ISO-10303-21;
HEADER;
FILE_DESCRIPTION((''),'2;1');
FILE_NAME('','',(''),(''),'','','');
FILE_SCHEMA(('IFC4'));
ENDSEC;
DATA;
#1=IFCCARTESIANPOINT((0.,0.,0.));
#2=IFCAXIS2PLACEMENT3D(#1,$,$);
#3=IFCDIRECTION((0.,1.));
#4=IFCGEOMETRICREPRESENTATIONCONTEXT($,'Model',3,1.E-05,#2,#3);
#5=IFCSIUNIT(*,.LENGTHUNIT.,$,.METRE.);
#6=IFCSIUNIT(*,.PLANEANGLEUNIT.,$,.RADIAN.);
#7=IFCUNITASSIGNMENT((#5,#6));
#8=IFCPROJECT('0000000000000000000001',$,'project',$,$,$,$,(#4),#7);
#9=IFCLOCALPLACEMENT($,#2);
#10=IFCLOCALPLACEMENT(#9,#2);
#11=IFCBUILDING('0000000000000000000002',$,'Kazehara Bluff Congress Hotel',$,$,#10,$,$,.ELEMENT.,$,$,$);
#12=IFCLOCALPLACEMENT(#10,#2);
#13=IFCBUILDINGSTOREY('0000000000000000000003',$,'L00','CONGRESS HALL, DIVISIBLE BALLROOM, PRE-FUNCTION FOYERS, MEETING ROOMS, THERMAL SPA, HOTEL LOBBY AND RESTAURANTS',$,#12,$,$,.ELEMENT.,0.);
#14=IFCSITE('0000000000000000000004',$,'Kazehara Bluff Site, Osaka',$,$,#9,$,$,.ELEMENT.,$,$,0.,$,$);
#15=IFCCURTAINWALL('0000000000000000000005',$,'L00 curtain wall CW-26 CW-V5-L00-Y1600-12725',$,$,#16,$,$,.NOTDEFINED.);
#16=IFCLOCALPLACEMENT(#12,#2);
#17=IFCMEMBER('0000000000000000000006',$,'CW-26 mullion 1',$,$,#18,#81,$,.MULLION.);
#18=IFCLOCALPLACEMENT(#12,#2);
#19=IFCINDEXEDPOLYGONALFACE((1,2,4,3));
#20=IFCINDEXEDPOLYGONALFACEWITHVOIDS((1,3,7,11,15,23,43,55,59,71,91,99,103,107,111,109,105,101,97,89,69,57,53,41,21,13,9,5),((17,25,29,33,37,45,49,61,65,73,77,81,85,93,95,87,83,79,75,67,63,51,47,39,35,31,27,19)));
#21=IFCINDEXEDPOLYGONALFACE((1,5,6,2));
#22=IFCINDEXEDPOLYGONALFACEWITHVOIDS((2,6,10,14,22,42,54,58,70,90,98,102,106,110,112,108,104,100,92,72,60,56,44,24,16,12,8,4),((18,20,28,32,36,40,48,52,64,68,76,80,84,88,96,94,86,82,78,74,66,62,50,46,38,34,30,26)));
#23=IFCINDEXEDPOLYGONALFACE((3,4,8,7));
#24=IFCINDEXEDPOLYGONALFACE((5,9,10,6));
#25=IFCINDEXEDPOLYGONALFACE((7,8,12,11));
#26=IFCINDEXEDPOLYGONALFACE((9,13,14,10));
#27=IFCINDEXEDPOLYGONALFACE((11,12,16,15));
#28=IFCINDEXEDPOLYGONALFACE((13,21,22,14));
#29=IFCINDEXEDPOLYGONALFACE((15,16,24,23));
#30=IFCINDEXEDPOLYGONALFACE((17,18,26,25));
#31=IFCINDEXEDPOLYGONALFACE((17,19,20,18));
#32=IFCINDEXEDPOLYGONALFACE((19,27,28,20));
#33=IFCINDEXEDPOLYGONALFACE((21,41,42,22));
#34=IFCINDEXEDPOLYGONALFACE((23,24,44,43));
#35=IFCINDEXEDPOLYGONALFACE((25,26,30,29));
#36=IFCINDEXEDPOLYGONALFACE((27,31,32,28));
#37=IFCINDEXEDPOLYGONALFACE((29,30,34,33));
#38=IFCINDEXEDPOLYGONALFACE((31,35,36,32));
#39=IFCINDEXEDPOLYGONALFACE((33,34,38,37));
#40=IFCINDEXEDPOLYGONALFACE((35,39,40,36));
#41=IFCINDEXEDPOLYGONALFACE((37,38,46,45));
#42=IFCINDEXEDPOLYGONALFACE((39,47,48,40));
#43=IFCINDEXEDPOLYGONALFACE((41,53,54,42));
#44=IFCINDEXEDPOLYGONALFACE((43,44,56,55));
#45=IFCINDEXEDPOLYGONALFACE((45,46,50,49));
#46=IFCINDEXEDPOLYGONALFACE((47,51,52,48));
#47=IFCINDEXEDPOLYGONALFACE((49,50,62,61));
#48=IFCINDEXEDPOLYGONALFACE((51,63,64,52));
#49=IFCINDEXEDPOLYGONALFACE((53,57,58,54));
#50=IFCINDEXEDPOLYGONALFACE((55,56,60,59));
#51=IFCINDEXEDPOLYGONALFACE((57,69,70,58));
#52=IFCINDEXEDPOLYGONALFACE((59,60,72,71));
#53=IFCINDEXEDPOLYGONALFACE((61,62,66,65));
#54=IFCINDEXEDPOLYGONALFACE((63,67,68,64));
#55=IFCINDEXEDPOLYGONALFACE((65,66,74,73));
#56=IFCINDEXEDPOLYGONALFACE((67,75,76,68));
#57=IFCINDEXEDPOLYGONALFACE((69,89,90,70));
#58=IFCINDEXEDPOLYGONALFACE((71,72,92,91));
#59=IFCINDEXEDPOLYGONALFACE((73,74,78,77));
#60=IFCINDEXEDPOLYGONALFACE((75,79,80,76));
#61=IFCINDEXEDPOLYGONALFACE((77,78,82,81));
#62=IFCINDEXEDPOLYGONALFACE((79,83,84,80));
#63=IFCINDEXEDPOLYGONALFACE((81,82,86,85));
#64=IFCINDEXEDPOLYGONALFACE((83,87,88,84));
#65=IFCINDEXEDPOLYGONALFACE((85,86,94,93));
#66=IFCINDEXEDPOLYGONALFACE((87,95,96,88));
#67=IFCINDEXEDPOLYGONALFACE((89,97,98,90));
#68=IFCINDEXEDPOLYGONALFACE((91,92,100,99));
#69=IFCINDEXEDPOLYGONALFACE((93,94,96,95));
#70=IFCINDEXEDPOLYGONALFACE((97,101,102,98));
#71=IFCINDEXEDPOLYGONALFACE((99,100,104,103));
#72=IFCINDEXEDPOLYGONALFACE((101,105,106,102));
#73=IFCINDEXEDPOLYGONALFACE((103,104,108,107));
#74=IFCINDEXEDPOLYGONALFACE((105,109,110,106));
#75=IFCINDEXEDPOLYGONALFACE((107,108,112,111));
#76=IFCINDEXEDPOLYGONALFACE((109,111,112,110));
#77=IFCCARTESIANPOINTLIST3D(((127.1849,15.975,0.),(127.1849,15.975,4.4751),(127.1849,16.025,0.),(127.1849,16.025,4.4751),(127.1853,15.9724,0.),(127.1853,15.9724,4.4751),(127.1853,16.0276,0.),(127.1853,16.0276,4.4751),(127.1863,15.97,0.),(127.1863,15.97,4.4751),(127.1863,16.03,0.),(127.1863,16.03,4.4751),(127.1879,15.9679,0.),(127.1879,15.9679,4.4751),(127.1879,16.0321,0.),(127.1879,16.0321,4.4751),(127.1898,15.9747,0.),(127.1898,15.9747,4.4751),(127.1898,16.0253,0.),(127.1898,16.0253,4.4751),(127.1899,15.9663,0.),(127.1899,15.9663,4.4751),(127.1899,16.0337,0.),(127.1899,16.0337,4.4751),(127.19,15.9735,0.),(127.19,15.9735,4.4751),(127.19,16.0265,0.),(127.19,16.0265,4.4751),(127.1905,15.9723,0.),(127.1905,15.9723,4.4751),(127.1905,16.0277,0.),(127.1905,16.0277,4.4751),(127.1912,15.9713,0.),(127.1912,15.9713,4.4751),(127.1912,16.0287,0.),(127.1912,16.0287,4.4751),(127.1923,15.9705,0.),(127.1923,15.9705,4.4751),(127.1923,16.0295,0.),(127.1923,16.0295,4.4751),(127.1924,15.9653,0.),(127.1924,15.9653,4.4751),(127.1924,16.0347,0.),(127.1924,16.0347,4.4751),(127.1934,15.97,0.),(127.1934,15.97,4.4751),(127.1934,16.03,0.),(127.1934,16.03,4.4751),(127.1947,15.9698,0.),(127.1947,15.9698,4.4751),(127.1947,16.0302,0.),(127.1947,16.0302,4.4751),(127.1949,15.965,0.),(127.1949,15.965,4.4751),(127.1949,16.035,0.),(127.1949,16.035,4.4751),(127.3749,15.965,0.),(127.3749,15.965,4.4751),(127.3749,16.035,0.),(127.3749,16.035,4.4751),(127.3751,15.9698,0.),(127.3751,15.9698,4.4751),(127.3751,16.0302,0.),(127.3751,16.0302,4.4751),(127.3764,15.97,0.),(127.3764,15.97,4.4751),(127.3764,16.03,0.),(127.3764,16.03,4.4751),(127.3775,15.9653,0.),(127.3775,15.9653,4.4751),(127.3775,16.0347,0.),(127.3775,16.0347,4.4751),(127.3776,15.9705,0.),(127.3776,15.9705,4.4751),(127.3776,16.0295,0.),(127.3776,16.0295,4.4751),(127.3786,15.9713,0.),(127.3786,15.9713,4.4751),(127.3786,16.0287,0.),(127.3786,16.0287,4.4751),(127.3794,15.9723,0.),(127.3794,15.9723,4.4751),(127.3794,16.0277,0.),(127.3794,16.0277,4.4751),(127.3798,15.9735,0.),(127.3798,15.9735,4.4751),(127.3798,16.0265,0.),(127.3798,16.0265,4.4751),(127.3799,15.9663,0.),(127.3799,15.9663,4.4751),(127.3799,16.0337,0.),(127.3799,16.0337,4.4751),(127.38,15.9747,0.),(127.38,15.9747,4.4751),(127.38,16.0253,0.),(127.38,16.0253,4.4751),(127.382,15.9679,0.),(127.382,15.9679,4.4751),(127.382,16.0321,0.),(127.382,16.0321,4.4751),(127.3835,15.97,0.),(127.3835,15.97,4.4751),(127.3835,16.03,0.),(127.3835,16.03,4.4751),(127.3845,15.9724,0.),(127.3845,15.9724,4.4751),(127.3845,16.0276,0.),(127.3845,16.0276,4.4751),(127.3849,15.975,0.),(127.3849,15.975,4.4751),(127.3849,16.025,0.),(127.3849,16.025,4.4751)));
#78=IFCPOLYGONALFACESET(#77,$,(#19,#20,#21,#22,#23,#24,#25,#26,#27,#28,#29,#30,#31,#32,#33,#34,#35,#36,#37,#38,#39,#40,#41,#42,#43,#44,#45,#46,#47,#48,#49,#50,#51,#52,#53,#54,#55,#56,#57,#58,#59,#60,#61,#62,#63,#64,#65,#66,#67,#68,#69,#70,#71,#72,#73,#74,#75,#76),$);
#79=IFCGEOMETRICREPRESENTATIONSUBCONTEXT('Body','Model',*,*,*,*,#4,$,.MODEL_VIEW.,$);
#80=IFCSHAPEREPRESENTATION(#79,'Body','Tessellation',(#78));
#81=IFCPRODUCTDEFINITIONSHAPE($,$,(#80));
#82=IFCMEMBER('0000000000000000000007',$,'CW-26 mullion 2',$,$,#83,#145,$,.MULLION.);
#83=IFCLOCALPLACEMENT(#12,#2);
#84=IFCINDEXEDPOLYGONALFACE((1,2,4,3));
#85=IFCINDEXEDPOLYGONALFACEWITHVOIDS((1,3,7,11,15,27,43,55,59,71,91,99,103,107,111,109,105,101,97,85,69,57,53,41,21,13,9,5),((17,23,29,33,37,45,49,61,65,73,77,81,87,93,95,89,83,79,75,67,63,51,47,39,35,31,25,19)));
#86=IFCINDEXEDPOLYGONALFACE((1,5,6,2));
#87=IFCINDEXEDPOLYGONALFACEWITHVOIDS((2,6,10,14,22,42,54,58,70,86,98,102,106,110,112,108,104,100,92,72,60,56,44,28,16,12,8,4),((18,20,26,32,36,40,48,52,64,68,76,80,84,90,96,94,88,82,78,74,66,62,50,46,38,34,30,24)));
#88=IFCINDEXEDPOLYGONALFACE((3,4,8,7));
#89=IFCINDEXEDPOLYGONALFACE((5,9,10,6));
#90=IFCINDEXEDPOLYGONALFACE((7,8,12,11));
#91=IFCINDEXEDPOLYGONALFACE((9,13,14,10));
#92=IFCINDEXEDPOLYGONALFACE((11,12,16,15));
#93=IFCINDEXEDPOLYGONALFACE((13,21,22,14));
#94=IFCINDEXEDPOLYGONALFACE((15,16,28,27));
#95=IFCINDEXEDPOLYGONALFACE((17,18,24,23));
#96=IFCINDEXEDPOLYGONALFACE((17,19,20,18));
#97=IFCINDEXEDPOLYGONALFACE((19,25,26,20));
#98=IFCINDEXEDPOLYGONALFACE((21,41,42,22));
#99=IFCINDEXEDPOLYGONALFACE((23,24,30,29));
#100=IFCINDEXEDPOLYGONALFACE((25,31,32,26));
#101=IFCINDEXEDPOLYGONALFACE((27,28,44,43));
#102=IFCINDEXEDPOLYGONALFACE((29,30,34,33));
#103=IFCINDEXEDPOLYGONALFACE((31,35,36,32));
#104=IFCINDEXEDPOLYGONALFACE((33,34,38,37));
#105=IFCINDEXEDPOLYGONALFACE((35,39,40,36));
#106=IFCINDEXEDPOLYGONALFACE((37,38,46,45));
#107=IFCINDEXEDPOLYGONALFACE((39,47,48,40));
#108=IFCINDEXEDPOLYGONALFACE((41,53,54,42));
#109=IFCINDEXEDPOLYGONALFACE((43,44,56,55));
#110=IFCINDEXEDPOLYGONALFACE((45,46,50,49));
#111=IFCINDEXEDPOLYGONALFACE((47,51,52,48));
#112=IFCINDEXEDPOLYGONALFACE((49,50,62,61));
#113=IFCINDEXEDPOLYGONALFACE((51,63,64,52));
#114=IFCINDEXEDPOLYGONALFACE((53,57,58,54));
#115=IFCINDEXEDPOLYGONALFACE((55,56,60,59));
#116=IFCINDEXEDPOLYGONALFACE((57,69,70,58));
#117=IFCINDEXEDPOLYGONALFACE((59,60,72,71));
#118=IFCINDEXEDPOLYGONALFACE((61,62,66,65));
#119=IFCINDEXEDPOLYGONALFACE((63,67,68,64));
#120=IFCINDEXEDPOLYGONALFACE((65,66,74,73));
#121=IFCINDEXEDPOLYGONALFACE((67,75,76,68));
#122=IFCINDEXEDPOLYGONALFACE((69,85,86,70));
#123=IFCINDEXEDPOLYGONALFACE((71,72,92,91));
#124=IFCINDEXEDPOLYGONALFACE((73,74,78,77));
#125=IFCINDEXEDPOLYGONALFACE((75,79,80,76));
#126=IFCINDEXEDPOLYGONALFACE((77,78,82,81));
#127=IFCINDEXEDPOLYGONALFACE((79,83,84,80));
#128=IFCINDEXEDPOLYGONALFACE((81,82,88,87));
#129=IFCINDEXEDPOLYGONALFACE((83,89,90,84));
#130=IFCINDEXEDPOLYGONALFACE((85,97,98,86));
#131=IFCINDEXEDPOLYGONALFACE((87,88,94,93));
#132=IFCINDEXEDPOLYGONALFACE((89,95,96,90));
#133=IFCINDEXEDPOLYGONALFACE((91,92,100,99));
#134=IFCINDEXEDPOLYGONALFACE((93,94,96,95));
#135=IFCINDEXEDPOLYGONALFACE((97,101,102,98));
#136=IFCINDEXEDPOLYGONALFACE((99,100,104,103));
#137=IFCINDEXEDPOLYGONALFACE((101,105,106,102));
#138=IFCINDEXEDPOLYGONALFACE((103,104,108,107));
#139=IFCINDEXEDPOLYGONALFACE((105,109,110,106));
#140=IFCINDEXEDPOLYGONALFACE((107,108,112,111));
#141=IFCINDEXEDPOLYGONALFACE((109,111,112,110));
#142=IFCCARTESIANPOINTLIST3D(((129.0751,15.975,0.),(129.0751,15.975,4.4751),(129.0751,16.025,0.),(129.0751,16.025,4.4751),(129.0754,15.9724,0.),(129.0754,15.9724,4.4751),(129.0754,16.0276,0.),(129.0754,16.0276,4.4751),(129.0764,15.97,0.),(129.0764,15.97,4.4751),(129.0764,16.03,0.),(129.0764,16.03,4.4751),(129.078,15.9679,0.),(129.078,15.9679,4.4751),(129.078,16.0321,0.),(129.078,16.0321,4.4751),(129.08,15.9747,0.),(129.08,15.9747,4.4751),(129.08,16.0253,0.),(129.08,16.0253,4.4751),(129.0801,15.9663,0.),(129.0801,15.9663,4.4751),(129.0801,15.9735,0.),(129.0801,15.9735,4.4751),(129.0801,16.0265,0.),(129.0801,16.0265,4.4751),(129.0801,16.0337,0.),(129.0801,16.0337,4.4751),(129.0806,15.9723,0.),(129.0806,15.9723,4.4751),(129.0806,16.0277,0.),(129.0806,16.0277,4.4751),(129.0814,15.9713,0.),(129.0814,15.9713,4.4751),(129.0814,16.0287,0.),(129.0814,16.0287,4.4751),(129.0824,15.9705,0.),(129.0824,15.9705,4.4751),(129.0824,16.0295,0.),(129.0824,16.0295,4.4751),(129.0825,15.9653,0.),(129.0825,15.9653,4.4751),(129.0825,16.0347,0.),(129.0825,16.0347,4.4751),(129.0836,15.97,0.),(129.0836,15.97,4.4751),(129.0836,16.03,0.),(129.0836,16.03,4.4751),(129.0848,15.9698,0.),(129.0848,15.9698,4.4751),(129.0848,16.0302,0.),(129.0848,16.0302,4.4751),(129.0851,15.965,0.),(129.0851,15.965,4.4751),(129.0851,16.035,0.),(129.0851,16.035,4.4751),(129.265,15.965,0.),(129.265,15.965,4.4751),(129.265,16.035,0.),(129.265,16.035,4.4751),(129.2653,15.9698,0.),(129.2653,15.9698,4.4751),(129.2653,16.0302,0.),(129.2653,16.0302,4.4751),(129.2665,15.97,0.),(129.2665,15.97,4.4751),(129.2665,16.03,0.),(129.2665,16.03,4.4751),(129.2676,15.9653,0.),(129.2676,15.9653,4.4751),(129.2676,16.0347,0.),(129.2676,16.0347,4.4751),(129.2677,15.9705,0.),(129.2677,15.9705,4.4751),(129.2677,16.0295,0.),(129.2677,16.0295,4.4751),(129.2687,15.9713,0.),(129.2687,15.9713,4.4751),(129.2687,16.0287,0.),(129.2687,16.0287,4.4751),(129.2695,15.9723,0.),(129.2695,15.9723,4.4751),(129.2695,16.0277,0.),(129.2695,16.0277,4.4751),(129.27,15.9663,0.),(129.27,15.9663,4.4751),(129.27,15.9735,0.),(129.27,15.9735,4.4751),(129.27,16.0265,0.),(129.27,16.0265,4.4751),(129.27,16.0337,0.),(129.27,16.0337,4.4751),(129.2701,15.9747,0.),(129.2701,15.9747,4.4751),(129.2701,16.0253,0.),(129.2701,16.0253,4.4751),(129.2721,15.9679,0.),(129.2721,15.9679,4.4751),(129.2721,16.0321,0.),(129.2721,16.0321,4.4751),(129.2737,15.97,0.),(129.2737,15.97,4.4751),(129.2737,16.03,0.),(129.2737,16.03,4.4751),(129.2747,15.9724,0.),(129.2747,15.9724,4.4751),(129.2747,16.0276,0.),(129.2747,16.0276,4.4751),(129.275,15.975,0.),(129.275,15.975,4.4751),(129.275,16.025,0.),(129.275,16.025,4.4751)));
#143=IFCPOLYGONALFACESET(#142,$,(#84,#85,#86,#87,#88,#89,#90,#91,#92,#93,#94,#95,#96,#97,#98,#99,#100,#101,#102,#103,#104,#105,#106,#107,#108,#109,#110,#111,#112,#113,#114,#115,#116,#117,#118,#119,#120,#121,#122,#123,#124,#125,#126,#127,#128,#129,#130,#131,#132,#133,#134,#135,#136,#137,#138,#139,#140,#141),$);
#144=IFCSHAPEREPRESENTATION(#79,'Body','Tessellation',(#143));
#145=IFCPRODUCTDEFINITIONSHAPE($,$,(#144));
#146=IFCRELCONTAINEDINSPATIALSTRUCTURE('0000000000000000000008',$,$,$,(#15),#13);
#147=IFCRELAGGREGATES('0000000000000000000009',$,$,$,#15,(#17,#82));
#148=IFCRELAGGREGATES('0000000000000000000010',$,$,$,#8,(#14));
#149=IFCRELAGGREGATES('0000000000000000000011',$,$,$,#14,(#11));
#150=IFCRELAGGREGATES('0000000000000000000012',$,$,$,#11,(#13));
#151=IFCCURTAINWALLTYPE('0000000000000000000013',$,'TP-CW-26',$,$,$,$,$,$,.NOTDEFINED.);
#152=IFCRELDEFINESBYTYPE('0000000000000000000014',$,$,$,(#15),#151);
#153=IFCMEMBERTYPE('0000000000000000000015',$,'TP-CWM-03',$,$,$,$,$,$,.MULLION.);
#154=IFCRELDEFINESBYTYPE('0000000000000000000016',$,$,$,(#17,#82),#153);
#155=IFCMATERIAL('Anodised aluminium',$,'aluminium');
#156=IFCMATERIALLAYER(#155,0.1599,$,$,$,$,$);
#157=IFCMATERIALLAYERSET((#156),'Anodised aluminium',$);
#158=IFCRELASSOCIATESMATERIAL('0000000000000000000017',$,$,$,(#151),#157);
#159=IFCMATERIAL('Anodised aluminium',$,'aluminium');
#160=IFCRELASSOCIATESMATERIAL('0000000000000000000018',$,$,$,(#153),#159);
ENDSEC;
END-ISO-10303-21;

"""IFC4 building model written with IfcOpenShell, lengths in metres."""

from ifc_helpers import new_model, si_unit, direction, frame, origin, origin_2d, place, context, subcontext, project, spatial, hollow_rectangle, extrude, material, layer, layer_set, material_profile, profile_set, type_object, element, aggregate, save


model = new_model("IFC4")

# Units and contexts
model_context = context("Model", 3, precision=1e-05, world=origin(), true_north=direction((0.0, 1.0)))
body_context = subcontext(model_context, "Body", "Model", "MODEL_VIEW")
ifc_project = project(units=[si_unit("LENGTHUNIT", "METRE"), si_unit("PLANEANGLEUNIT", "RADIAN")], contexts=[model_context])

# Site, building, storey
site_placement = place(None, origin())
site = spatial("IfcSite", under=ifc_project, at=site_placement, Name="Kazehara Bluff Site, Osaka", CompositionType="ELEMENT", RefElevation=0.0)
building_placement = place(site_placement, origin())
building = spatial("IfcBuilding", under=site, at=building_placement, Name="Kazehara Bluff Congress Hotel", CompositionType="ELEMENT")
storey_placement = place(building_placement, origin())
storey = spatial("IfcBuildingStorey", under=building, at=storey_placement, Name="L00", Description="CONGRESS HALL, DIVISIBLE BALLROOM, PRE-FUNCTION FOYERS, MEETING ROOMS, THERMAL SPA, HOTEL LOBBY AND RESTAURANTS", CompositionType="ELEMENT", Elevation=0.0)

# Shared definitions
ifc_material_1 = material(Name="Anodised aluminium", Category="aluminium")
ifc_layer_1 = layer(ifc_material_1, 0.1599)
ifc_layer_set_1 = layer_set([ifc_layer_1], Name="Anodised aluminium")
curtain_wall_type = type_object("IfcCurtainWallType", Name="TP-CW-26", PredefinedType="NOTDEFINED", material=ifc_layer_set_1)
ifc_material_2 = material(Name="Anodised aluminium", Category="aluminium")
ifc_material_profile_1 = material_profile(ifc_material_2, hollow_rectangle(XDim=0.0701, YDim=0.2, WallThickness=0.0049, InnerFilletRadius=0.0049, OuterFilletRadius=0.01, at=origin_2d()))
ifc_profile_set_1 = profile_set([ifc_material_profile_1], Name="Anodised aluminium")
member_type_1 = type_object("IfcMemberType", Name="TP-CWM-03", PredefinedType="MULLION", material=ifc_profile_set_1)

# Curtain wall, members
curtain_wall_1_placement = place(storey_placement, origin())
curtain_wall_1 = element("IfcCurtainWall", 1, at=curtain_wall_1_placement, inside=storey, type_object=curtain_wall_type, Name="L00 curtain wall CW-26 CW-V5-L00-Y1600-12725", PredefinedType="NOTDEFINED")
member_1_placement = place(storey_placement, frame((127.2849, 16.0, 0.0), z_axis=(0.0, 0.0, 1.0), x_axis=(0.0, 1.0, 0.0)))
member_1 = element("IfcMember", 2, at=member_1_placement, type_object=member_type_1, Name="CW-26 mullion 1", PredefinedType="MULLION", context=body_context, shape_type="SweptSolid", body=[
    extrude(hollow_rectangle(XDim=0.0701, YDim=0.2, WallThickness=0.0049, InnerFilletRadius=0.0049, OuterFilletRadius=0.01, at=origin_2d()), origin(), (0.0, 0.0, 1.0), 4.4751),
])
member_2_placement = place(storey_placement, frame((129.175, 16.0, 0.0), z_axis=(0.0, 0.0, 1.0), x_axis=(0.0, 1.0, 0.0)))
member_2 = element("IfcMember", 3, at=member_2_placement, type_object=member_type_1, Name="CW-26 mullion 2", PredefinedType="MULLION", context=body_context, shape_type="SweptSolid", body=[
    extrude(hollow_rectangle(XDim=0.0701, YDim=0.2, WallThickness=0.0049, InnerFilletRadius=0.0049, OuterFilletRadius=0.01, at=origin_2d()), origin(), (0.0, 0.0, 1.0), 4.4751),
])

aggregate(curtain_wall_1, [member_1, member_2])

save(model, "model.ifc")
